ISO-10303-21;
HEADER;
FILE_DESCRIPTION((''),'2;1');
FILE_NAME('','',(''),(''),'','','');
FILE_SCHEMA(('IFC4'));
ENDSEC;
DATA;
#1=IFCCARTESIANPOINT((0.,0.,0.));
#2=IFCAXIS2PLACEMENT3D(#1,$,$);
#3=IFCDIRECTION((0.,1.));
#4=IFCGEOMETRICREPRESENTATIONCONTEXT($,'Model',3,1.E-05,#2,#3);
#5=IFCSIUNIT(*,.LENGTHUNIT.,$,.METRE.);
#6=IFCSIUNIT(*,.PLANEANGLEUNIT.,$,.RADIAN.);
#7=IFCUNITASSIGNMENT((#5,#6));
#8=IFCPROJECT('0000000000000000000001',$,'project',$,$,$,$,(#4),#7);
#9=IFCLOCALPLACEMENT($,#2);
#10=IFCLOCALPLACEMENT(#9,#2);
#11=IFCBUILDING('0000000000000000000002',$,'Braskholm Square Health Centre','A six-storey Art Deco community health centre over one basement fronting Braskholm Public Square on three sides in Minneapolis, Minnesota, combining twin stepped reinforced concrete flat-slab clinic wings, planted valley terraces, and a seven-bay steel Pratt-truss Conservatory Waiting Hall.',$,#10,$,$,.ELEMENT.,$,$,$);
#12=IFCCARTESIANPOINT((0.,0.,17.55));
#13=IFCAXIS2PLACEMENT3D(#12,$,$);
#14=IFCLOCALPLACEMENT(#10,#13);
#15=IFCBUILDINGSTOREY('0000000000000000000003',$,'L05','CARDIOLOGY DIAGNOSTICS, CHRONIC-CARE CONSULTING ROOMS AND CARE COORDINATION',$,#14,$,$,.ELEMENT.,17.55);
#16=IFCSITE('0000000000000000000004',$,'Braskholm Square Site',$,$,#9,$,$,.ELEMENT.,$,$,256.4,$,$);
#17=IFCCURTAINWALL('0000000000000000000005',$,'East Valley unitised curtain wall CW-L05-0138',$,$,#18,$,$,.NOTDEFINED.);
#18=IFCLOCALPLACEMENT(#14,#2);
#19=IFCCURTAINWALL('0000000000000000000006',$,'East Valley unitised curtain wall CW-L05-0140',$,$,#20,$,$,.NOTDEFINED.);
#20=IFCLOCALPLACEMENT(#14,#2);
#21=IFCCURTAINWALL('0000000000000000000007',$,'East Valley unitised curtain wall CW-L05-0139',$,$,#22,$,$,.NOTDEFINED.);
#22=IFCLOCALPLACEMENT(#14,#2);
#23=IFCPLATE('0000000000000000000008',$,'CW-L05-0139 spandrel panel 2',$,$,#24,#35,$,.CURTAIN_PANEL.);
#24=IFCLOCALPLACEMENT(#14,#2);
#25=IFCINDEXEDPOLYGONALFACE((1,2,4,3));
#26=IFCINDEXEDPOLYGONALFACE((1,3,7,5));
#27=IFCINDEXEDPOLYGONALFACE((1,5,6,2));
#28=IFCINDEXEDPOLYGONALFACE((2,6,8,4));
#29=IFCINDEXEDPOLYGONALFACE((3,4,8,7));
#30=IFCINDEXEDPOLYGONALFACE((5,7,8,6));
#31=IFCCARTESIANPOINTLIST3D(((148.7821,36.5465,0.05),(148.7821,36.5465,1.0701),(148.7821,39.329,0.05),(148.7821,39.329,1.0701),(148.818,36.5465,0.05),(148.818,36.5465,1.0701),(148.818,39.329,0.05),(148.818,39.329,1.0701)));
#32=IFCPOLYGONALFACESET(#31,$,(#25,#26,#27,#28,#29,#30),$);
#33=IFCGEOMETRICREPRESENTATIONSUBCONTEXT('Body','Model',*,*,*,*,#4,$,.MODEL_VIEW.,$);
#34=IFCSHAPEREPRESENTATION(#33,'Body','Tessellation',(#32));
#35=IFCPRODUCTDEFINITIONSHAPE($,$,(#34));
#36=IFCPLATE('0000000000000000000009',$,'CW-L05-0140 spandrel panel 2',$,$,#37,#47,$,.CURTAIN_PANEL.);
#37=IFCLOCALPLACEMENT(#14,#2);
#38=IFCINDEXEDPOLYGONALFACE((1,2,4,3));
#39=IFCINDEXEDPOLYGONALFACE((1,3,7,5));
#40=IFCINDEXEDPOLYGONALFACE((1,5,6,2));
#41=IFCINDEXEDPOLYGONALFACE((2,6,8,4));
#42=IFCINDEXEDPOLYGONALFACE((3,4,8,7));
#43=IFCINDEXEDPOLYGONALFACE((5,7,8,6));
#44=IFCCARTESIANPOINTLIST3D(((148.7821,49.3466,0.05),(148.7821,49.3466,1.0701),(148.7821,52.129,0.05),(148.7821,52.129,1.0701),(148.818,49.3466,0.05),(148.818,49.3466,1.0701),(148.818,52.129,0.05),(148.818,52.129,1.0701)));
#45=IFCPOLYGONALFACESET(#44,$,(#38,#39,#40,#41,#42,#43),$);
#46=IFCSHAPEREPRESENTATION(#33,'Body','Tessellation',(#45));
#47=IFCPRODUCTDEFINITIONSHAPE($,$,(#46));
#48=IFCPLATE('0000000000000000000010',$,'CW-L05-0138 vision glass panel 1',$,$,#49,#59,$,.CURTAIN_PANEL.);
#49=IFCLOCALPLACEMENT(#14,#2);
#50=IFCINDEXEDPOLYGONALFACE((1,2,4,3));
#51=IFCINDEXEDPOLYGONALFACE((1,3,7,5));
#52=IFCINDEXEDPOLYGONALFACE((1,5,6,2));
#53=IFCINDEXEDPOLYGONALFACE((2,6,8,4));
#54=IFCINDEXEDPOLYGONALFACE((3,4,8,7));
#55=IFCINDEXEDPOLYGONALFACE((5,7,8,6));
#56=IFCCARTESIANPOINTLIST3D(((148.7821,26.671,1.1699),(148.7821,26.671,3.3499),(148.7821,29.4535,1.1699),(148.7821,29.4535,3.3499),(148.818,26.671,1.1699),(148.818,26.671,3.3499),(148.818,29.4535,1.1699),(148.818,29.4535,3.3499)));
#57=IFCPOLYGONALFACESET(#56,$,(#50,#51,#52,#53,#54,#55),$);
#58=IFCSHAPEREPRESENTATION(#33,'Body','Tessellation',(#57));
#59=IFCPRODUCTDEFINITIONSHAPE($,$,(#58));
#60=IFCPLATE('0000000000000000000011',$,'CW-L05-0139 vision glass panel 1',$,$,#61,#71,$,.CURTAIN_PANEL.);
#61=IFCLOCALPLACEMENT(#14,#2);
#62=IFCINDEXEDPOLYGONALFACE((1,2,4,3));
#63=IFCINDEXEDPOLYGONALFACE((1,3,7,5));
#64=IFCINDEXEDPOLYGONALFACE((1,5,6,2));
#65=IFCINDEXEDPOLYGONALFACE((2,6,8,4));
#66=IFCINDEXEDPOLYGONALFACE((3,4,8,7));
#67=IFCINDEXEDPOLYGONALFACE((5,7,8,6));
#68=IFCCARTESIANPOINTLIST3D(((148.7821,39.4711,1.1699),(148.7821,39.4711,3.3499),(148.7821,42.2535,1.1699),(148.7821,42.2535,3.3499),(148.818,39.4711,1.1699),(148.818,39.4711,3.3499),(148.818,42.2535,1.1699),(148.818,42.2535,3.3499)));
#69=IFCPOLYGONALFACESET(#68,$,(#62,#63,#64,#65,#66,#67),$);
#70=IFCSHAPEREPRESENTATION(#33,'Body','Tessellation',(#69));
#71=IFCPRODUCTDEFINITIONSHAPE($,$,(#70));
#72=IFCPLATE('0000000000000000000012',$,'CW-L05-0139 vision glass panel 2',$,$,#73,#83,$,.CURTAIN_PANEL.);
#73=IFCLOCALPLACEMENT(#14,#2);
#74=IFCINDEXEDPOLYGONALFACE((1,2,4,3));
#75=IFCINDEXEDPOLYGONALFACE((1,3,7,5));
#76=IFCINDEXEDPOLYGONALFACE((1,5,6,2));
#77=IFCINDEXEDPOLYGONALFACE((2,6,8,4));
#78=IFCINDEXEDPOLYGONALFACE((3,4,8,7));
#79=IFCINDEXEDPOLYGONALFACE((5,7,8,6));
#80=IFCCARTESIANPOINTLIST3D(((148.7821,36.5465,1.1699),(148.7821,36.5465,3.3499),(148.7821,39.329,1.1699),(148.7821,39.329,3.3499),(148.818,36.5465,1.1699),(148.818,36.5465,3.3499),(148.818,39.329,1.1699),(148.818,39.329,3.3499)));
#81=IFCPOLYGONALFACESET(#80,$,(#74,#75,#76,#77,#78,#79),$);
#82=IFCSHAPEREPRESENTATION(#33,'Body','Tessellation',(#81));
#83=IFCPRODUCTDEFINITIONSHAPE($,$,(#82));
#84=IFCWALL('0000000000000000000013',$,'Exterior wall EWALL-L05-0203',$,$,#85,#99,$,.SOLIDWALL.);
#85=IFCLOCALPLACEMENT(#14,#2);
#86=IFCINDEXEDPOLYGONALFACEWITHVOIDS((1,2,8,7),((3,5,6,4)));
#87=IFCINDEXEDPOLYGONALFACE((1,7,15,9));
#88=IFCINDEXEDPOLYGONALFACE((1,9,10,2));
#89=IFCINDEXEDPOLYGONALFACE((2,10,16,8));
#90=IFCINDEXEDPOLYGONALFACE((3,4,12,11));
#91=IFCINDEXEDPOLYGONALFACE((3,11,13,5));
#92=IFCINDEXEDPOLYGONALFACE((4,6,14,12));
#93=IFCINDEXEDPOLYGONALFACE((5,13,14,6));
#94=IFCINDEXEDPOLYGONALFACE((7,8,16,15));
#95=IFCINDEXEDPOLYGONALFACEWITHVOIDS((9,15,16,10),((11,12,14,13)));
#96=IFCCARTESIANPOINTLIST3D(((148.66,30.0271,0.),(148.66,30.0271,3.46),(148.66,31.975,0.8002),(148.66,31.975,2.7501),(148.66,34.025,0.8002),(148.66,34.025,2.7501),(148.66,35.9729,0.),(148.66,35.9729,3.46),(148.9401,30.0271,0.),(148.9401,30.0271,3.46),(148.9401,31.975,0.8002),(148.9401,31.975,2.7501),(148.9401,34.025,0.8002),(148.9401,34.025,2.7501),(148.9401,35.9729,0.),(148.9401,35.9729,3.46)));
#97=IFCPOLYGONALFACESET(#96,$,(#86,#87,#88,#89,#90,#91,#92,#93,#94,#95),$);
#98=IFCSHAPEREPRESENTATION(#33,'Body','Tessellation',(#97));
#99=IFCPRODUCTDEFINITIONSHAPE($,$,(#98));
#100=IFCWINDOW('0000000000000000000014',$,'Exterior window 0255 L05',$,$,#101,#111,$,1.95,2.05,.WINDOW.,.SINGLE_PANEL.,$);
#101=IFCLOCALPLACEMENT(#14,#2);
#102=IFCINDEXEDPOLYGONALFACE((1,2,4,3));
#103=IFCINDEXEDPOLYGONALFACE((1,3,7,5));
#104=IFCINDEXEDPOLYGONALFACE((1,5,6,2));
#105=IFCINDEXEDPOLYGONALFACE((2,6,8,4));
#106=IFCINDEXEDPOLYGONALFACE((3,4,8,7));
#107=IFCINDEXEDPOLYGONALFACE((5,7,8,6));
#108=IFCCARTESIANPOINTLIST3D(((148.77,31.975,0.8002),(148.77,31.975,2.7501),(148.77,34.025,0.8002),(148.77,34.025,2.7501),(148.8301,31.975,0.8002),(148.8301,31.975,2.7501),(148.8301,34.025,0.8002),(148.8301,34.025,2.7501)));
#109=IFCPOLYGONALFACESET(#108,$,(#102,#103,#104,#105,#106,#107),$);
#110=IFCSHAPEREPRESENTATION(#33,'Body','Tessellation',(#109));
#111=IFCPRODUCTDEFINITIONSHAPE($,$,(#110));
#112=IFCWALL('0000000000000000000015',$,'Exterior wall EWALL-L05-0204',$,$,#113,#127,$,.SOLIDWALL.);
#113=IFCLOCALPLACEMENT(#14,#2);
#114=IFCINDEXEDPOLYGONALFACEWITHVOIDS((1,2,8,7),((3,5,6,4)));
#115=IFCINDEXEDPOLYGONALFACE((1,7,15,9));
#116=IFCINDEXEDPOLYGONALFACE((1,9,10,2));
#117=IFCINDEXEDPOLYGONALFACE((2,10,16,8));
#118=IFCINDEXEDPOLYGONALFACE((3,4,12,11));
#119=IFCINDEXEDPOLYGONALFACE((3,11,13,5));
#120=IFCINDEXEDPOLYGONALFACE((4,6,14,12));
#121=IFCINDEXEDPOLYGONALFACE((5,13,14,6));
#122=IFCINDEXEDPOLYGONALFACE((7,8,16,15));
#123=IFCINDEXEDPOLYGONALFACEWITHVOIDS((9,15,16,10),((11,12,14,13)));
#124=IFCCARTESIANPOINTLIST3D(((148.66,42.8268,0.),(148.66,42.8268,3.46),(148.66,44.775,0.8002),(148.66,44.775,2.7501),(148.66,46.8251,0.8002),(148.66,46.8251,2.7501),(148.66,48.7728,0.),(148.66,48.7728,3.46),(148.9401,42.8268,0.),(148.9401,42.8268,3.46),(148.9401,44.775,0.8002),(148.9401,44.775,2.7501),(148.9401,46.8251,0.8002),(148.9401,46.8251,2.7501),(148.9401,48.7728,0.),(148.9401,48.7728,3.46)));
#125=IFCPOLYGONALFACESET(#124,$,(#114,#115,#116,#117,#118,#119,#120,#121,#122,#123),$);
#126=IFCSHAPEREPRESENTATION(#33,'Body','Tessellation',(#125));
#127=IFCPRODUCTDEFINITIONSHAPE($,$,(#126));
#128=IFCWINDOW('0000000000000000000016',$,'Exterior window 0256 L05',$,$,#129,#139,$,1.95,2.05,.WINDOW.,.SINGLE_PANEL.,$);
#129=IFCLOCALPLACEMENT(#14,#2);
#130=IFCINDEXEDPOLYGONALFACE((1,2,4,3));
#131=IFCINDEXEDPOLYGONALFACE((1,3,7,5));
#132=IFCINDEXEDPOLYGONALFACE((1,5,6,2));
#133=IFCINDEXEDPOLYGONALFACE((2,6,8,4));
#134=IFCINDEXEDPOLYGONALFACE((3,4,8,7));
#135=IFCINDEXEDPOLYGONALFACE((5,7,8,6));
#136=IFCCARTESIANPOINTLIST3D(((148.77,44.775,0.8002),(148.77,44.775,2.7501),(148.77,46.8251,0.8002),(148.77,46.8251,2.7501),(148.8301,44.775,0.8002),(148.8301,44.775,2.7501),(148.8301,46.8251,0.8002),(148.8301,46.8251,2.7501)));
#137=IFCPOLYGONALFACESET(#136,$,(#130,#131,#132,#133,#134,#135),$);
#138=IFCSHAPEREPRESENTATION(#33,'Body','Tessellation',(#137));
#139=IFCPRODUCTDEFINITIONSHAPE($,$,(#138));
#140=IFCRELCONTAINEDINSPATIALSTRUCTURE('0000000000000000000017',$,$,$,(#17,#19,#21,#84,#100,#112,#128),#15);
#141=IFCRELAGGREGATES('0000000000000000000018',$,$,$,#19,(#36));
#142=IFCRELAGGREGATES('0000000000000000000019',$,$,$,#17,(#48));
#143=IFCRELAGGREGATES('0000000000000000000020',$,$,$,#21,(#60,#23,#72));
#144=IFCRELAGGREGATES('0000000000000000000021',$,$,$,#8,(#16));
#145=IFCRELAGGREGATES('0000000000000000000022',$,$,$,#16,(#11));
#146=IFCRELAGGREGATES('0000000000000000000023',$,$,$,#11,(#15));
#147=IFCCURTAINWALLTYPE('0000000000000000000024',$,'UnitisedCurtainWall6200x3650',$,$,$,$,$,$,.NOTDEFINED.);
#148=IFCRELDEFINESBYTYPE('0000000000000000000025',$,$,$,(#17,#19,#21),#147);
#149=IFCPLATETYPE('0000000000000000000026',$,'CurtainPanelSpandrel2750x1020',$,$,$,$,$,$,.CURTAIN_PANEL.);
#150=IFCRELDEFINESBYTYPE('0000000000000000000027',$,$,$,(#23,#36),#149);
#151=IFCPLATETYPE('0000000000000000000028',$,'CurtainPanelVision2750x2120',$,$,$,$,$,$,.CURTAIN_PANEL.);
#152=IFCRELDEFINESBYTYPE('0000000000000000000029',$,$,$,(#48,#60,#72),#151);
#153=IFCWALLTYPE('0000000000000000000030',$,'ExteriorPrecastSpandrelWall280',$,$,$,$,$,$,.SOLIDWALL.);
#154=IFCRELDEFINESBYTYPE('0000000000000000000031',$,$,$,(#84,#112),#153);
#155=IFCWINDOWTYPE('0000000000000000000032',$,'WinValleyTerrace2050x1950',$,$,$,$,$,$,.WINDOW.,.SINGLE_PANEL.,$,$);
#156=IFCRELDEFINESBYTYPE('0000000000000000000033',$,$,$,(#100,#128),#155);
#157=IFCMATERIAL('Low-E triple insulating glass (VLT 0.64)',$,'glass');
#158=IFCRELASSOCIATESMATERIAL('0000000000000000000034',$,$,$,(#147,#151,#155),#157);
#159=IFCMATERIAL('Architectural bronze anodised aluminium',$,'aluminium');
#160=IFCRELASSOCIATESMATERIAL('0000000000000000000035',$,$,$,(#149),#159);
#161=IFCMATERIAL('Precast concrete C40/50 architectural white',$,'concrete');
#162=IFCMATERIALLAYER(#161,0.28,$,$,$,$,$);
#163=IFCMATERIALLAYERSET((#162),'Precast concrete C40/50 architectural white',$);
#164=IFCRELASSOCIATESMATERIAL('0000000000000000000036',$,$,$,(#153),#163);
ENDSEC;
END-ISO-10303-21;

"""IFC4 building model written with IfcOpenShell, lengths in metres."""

from ifc_helpers import new_model, si_unit, direction, frame, frame_2d, origin, origin_with_axes, origin_2d, place, context, subcontext, project, spatial, rectangle, extrude, material, layer, layer_set, type_object, element, fill, aggregate, save


model = new_model("IFC4")

# Units and contexts
model_context = context("Model", 3, precision=1e-05, world=origin(), true_north=direction((0.0, 1.0)))
body_context = subcontext(model_context, "Body", "Model", "MODEL_VIEW")
ifc_project = project(units=[si_unit("LENGTHUNIT", "METRE"), si_unit("PLANEANGLEUNIT", "RADIAN")], contexts=[model_context])

# Site, building, storey
site_placement = place(None, origin())
site = spatial("IfcSite", under=ifc_project, at=site_placement, Name="Braskholm Square Site", CompositionType="ELEMENT", RefElevation=256.4)
building_placement = place(site_placement, origin())
building = spatial("IfcBuilding", under=site, at=building_placement, Name="Braskholm Square Health Centre", Description="A six-storey Art Deco community health centre over one basement fronting Braskholm Public Square on three sides in Minneapolis, Minnesota, combining twin stepped reinforced concrete flat-slab clinic wings, planted valley terraces, and a seven-bay steel Pratt-truss Conservatory Waiting Hall.", CompositionType="ELEMENT")
storey_placement = place(building_placement, frame((0.0, 0.0, 17.55)))
storey = spatial("IfcBuildingStorey", under=building, at=storey_placement, Name="L05", Description="CARDIOLOGY DIAGNOSTICS, CHRONIC-CARE CONSULTING ROOMS AND CARE COORDINATION", CompositionType="ELEMENT", Elevation=17.55)

# Curtain walls
ifc_material_1 = material(Name="Low-E triple insulating glass (VLT 0.64)", Category="glass")
curtain_wall_type = type_object("IfcCurtainWallType", Name="UnitisedCurtainWall6200x3650", PredefinedType="NOTDEFINED", material=ifc_material_1)
curtain_wall_1_placement = place(storey_placement, origin())
curtain_wall_1 = element("IfcCurtainWall", 1, at=curtain_wall_1_placement, inside=storey, type_object=curtain_wall_type, Name="East Valley unitised curtain wall CW-L05-0138", PredefinedType="NOTDEFINED")
ifc_material_2 = material(Name="Architectural bronze anodised aluminium", Category="aluminium")
curtain_wall_2_placement = place(storey_placement, origin())
curtain_wall_2 = element("IfcCurtainWall", 2, at=curtain_wall_2_placement, inside=storey, type_object=curtain_wall_type, Name="East Valley unitised curtain wall CW-L05-0140", PredefinedType="NOTDEFINED")

# Curtain wall
curtain_wall_3_placement = place(storey_placement, origin())
curtain_wall_3 = element("IfcCurtainWall", 3, at=curtain_wall_3_placement, inside=storey, type_object=curtain_wall_type, Name="East Valley unitised curtain wall CW-L05-0139", PredefinedType="NOTDEFINED")

# Plates
plate_type_1 = type_object("IfcPlateType", Name="CurtainPanelSpandrel2750x1020", PredefinedType="CURTAIN_PANEL", material=ifc_material_2)
plate_1_placement = place(storey_placement, frame((148.8, 37.9377, 0.05), z_axis=(0.0, 0.0, 1.0), x_axis=(0.0, -1.0, 0.0)))
plate_1 = element("IfcPlate", 4, at=plate_1_placement, type_object=plate_type_1, Name="CW-L05-0139 spandrel panel 2", PredefinedType="CURTAIN_PANEL", context=body_context, shape_type="SweptSolid", body=[
    extrude(rectangle(XDim=2.7825, YDim=0.0359, at=origin_2d()), origin(), (0.0, 0.0, 1.0), 1.02),
])
plate_2_placement = place(storey_placement, frame((148.8, 50.7378, 0.05), z_axis=(0.0, 0.0, 1.0), x_axis=(0.0, -1.0, 0.0)))
plate_2 = element("IfcPlate", 5, at=plate_2_placement, type_object=plate_type_1, Name="CW-L05-0140 spandrel panel 2", PredefinedType="CURTAIN_PANEL", context=body_context, shape_type="SweptSolid", body=[
    extrude(rectangle(XDim=2.7825, YDim=0.0359, at=origin_2d()), origin(), (0.0, 0.0, 1.0), 1.02),
])
aggregate(curtain_wall_2, [plate_2])
plate_type_2 = type_object("IfcPlateType", Name="CurtainPanelVision2750x2120", PredefinedType="CURTAIN_PANEL", material=ifc_material_1)
plate_3_placement = place(storey_placement, frame((148.8, 28.0623, 1.1699), z_axis=(0.0, 0.0, 1.0), x_axis=(0.0, -1.0, 0.0)))
plate_3 = element("IfcPlate", 6, at=plate_3_placement, type_object=plate_type_2, Name="CW-L05-0138 vision glass panel 1", PredefinedType="CURTAIN_PANEL", context=body_context, shape_type="SweptSolid", body=[
    extrude(rectangle(XDim=2.7825, YDim=0.0359, at=origin_2d()), origin(), (0.0, 0.0, 1.0), 2.1799),
])
aggregate(curtain_wall_1, [plate_3])
plate_4_placement = place(storey_placement, frame((148.8, 40.8623, 1.1699), z_axis=(0.0, 0.0, 1.0), x_axis=(0.0, -1.0, 0.0)))
plate_4 = element("IfcPlate", 7, at=plate_4_placement, type_object=plate_type_2, Name="CW-L05-0139 vision glass panel 1", PredefinedType="CURTAIN_PANEL", context=body_context, shape_type="SweptSolid", body=[
    extrude(rectangle(XDim=2.7825, YDim=0.0359, at=origin_2d()), origin(), (0.0, 0.0, 1.0), 2.1799),
])
plate_5_placement = place(storey_placement, frame((148.8, 37.9377, 1.1699), z_axis=(0.0, 0.0, 1.0), x_axis=(0.0, -1.0, 0.0)))
plate_5 = element("IfcPlate", 8, at=plate_5_placement, type_object=plate_type_2, Name="CW-L05-0139 vision glass panel 2", PredefinedType="CURTAIN_PANEL", context=body_context, shape_type="SweptSolid", body=[
    extrude(rectangle(XDim=2.7825, YDim=0.0359, at=origin_2d()), origin(), (0.0, 0.0, 1.0), 2.1799),
])
aggregate(curtain_wall_3, [plate_4, plate_1, plate_5])

# Walls, openings, windows
ifc_material_3 = material(Name="Precast concrete C40/50 architectural white", Category="concrete")
ifc_layer = layer(ifc_material_3, 0.28)
ifc_layer_set = layer_set([ifc_layer], Name="Precast concrete C40/50 architectural white")
wall_type = type_object("IfcWallType", Name="ExteriorPrecastSpandrelWall280", PredefinedType="SOLIDWALL", material=ifc_layer_set)
wall_1_placement = place(storey_placement, frame((148.8, 35.9729, 0.0), z_axis=(0.0, 0.0, 1.0), x_axis=(0.0, -1.0, 0.0)))
wall_1 = element("IfcWall", 9, at=wall_1_placement, inside=storey, type_object=wall_type, Name="Exterior wall EWALL-L05-0203", PredefinedType="SOLIDWALL", context=body_context, shape_type="SweptSolid", body=[
    extrude(rectangle(XDim=5.9458, YDim=0.28, at=frame_2d((2.9729, 0.0))), origin(), (0.0, 0.0, 1.0), 3.46),
])
opening_1_placement = place(wall_1_placement, frame((1.948, 0.0, 0.8)))
opening_1 = element("IfcOpeningElement", 10, at=opening_1_placement, cuts=wall_1, PredefinedType="OPENING", context=body_context, shape_type="SweptSolid", body=[
    extrude(rectangle(XDim=2.05, YDim=1.95, at=frame_2d((1.0249, 0.9751))), frame((0.0, 0.1499, 0.0), z_axis=(0.0, -1.0, 0.0), x_axis=(1.0, 0.0, 0.0)), (0.0, 0.0, 1.0), 0.3),
])
window_type = type_object("IfcWindowType", Name="WinValleyTerrace2050x1950", PartitioningType="SINGLE_PANEL", PredefinedType="WINDOW", material=ifc_material_1)
window_1_placement = place(opening_1_placement, origin_with_axes())
window_1 = element("IfcWindow", 11, at=window_1_placement, inside=storey, type_object=window_type, Name="Exterior window 0255 L05", OverallHeight=1.95, OverallWidth=2.05, PartitioningType="SINGLE_PANEL", PredefinedType="WINDOW", context=body_context, shape_type="SweptSolid", body=[
    extrude(rectangle(XDim=2.05, YDim=1.95, at=frame_2d((1.0249, 0.9751))), frame((0.0, 0.03, 0.0), z_axis=(0.0, -1.0, 0.0), x_axis=(1.0, 0.0, 0.0)), (0.0, 0.0, 1.0), 0.0601),
])
fill(opening_1, window_1)
wall_2_placement = place(storey_placement, frame((148.8, 48.7729, 0.0), z_axis=(0.0, 0.0, 1.0), x_axis=(0.0, -1.0, 0.0)))
wall_2 = element("IfcWall", 12, at=wall_2_placement, inside=storey, type_object=wall_type, Name="Exterior wall EWALL-L05-0204", PredefinedType="SOLIDWALL", context=body_context, shape_type="SweptSolid", body=[
    extrude(rectangle(XDim=5.946, YDim=0.28, at=frame_2d((2.9731, 0.0))), origin(), (0.0, 0.0, 1.0), 3.46),
])
opening_2_placement = place(wall_2_placement, frame((1.948, 0.0, 0.8)))
opening_2 = element("IfcOpeningElement", 13, at=opening_2_placement, cuts=wall_2, PredefinedType="OPENING", context=body_context, shape_type="SweptSolid", body=[
    extrude(rectangle(XDim=2.05, YDim=1.95, at=frame_2d((1.0249, 0.9751))), frame((0.0, 0.1499, 0.0), z_axis=(0.0, -1.0, 0.0), x_axis=(1.0, 0.0, 0.0)), (0.0, 0.0, 1.0), 0.3),
])
window_2_placement = place(opening_2_placement, origin_with_axes())
window_2 = element("IfcWindow", 14, at=window_2_placement, inside=storey, type_object=window_type, Name="Exterior window 0256 L05", OverallHeight=1.95, OverallWidth=2.05, PartitioningType="SINGLE_PANEL", PredefinedType="WINDOW", context=body_context, shape_type="SweptSolid", body=[
    extrude(rectangle(XDim=2.05, YDim=1.95, at=frame_2d((1.0249, 0.9751))), frame((0.0, 0.03, 0.0), z_axis=(0.0, -1.0, 0.0), x_axis=(1.0, 0.0, 0.0)), (0.0, 0.0, 1.0), 0.0601),
])
fill(opening_2, window_2)

save(model, "model.ifc")
